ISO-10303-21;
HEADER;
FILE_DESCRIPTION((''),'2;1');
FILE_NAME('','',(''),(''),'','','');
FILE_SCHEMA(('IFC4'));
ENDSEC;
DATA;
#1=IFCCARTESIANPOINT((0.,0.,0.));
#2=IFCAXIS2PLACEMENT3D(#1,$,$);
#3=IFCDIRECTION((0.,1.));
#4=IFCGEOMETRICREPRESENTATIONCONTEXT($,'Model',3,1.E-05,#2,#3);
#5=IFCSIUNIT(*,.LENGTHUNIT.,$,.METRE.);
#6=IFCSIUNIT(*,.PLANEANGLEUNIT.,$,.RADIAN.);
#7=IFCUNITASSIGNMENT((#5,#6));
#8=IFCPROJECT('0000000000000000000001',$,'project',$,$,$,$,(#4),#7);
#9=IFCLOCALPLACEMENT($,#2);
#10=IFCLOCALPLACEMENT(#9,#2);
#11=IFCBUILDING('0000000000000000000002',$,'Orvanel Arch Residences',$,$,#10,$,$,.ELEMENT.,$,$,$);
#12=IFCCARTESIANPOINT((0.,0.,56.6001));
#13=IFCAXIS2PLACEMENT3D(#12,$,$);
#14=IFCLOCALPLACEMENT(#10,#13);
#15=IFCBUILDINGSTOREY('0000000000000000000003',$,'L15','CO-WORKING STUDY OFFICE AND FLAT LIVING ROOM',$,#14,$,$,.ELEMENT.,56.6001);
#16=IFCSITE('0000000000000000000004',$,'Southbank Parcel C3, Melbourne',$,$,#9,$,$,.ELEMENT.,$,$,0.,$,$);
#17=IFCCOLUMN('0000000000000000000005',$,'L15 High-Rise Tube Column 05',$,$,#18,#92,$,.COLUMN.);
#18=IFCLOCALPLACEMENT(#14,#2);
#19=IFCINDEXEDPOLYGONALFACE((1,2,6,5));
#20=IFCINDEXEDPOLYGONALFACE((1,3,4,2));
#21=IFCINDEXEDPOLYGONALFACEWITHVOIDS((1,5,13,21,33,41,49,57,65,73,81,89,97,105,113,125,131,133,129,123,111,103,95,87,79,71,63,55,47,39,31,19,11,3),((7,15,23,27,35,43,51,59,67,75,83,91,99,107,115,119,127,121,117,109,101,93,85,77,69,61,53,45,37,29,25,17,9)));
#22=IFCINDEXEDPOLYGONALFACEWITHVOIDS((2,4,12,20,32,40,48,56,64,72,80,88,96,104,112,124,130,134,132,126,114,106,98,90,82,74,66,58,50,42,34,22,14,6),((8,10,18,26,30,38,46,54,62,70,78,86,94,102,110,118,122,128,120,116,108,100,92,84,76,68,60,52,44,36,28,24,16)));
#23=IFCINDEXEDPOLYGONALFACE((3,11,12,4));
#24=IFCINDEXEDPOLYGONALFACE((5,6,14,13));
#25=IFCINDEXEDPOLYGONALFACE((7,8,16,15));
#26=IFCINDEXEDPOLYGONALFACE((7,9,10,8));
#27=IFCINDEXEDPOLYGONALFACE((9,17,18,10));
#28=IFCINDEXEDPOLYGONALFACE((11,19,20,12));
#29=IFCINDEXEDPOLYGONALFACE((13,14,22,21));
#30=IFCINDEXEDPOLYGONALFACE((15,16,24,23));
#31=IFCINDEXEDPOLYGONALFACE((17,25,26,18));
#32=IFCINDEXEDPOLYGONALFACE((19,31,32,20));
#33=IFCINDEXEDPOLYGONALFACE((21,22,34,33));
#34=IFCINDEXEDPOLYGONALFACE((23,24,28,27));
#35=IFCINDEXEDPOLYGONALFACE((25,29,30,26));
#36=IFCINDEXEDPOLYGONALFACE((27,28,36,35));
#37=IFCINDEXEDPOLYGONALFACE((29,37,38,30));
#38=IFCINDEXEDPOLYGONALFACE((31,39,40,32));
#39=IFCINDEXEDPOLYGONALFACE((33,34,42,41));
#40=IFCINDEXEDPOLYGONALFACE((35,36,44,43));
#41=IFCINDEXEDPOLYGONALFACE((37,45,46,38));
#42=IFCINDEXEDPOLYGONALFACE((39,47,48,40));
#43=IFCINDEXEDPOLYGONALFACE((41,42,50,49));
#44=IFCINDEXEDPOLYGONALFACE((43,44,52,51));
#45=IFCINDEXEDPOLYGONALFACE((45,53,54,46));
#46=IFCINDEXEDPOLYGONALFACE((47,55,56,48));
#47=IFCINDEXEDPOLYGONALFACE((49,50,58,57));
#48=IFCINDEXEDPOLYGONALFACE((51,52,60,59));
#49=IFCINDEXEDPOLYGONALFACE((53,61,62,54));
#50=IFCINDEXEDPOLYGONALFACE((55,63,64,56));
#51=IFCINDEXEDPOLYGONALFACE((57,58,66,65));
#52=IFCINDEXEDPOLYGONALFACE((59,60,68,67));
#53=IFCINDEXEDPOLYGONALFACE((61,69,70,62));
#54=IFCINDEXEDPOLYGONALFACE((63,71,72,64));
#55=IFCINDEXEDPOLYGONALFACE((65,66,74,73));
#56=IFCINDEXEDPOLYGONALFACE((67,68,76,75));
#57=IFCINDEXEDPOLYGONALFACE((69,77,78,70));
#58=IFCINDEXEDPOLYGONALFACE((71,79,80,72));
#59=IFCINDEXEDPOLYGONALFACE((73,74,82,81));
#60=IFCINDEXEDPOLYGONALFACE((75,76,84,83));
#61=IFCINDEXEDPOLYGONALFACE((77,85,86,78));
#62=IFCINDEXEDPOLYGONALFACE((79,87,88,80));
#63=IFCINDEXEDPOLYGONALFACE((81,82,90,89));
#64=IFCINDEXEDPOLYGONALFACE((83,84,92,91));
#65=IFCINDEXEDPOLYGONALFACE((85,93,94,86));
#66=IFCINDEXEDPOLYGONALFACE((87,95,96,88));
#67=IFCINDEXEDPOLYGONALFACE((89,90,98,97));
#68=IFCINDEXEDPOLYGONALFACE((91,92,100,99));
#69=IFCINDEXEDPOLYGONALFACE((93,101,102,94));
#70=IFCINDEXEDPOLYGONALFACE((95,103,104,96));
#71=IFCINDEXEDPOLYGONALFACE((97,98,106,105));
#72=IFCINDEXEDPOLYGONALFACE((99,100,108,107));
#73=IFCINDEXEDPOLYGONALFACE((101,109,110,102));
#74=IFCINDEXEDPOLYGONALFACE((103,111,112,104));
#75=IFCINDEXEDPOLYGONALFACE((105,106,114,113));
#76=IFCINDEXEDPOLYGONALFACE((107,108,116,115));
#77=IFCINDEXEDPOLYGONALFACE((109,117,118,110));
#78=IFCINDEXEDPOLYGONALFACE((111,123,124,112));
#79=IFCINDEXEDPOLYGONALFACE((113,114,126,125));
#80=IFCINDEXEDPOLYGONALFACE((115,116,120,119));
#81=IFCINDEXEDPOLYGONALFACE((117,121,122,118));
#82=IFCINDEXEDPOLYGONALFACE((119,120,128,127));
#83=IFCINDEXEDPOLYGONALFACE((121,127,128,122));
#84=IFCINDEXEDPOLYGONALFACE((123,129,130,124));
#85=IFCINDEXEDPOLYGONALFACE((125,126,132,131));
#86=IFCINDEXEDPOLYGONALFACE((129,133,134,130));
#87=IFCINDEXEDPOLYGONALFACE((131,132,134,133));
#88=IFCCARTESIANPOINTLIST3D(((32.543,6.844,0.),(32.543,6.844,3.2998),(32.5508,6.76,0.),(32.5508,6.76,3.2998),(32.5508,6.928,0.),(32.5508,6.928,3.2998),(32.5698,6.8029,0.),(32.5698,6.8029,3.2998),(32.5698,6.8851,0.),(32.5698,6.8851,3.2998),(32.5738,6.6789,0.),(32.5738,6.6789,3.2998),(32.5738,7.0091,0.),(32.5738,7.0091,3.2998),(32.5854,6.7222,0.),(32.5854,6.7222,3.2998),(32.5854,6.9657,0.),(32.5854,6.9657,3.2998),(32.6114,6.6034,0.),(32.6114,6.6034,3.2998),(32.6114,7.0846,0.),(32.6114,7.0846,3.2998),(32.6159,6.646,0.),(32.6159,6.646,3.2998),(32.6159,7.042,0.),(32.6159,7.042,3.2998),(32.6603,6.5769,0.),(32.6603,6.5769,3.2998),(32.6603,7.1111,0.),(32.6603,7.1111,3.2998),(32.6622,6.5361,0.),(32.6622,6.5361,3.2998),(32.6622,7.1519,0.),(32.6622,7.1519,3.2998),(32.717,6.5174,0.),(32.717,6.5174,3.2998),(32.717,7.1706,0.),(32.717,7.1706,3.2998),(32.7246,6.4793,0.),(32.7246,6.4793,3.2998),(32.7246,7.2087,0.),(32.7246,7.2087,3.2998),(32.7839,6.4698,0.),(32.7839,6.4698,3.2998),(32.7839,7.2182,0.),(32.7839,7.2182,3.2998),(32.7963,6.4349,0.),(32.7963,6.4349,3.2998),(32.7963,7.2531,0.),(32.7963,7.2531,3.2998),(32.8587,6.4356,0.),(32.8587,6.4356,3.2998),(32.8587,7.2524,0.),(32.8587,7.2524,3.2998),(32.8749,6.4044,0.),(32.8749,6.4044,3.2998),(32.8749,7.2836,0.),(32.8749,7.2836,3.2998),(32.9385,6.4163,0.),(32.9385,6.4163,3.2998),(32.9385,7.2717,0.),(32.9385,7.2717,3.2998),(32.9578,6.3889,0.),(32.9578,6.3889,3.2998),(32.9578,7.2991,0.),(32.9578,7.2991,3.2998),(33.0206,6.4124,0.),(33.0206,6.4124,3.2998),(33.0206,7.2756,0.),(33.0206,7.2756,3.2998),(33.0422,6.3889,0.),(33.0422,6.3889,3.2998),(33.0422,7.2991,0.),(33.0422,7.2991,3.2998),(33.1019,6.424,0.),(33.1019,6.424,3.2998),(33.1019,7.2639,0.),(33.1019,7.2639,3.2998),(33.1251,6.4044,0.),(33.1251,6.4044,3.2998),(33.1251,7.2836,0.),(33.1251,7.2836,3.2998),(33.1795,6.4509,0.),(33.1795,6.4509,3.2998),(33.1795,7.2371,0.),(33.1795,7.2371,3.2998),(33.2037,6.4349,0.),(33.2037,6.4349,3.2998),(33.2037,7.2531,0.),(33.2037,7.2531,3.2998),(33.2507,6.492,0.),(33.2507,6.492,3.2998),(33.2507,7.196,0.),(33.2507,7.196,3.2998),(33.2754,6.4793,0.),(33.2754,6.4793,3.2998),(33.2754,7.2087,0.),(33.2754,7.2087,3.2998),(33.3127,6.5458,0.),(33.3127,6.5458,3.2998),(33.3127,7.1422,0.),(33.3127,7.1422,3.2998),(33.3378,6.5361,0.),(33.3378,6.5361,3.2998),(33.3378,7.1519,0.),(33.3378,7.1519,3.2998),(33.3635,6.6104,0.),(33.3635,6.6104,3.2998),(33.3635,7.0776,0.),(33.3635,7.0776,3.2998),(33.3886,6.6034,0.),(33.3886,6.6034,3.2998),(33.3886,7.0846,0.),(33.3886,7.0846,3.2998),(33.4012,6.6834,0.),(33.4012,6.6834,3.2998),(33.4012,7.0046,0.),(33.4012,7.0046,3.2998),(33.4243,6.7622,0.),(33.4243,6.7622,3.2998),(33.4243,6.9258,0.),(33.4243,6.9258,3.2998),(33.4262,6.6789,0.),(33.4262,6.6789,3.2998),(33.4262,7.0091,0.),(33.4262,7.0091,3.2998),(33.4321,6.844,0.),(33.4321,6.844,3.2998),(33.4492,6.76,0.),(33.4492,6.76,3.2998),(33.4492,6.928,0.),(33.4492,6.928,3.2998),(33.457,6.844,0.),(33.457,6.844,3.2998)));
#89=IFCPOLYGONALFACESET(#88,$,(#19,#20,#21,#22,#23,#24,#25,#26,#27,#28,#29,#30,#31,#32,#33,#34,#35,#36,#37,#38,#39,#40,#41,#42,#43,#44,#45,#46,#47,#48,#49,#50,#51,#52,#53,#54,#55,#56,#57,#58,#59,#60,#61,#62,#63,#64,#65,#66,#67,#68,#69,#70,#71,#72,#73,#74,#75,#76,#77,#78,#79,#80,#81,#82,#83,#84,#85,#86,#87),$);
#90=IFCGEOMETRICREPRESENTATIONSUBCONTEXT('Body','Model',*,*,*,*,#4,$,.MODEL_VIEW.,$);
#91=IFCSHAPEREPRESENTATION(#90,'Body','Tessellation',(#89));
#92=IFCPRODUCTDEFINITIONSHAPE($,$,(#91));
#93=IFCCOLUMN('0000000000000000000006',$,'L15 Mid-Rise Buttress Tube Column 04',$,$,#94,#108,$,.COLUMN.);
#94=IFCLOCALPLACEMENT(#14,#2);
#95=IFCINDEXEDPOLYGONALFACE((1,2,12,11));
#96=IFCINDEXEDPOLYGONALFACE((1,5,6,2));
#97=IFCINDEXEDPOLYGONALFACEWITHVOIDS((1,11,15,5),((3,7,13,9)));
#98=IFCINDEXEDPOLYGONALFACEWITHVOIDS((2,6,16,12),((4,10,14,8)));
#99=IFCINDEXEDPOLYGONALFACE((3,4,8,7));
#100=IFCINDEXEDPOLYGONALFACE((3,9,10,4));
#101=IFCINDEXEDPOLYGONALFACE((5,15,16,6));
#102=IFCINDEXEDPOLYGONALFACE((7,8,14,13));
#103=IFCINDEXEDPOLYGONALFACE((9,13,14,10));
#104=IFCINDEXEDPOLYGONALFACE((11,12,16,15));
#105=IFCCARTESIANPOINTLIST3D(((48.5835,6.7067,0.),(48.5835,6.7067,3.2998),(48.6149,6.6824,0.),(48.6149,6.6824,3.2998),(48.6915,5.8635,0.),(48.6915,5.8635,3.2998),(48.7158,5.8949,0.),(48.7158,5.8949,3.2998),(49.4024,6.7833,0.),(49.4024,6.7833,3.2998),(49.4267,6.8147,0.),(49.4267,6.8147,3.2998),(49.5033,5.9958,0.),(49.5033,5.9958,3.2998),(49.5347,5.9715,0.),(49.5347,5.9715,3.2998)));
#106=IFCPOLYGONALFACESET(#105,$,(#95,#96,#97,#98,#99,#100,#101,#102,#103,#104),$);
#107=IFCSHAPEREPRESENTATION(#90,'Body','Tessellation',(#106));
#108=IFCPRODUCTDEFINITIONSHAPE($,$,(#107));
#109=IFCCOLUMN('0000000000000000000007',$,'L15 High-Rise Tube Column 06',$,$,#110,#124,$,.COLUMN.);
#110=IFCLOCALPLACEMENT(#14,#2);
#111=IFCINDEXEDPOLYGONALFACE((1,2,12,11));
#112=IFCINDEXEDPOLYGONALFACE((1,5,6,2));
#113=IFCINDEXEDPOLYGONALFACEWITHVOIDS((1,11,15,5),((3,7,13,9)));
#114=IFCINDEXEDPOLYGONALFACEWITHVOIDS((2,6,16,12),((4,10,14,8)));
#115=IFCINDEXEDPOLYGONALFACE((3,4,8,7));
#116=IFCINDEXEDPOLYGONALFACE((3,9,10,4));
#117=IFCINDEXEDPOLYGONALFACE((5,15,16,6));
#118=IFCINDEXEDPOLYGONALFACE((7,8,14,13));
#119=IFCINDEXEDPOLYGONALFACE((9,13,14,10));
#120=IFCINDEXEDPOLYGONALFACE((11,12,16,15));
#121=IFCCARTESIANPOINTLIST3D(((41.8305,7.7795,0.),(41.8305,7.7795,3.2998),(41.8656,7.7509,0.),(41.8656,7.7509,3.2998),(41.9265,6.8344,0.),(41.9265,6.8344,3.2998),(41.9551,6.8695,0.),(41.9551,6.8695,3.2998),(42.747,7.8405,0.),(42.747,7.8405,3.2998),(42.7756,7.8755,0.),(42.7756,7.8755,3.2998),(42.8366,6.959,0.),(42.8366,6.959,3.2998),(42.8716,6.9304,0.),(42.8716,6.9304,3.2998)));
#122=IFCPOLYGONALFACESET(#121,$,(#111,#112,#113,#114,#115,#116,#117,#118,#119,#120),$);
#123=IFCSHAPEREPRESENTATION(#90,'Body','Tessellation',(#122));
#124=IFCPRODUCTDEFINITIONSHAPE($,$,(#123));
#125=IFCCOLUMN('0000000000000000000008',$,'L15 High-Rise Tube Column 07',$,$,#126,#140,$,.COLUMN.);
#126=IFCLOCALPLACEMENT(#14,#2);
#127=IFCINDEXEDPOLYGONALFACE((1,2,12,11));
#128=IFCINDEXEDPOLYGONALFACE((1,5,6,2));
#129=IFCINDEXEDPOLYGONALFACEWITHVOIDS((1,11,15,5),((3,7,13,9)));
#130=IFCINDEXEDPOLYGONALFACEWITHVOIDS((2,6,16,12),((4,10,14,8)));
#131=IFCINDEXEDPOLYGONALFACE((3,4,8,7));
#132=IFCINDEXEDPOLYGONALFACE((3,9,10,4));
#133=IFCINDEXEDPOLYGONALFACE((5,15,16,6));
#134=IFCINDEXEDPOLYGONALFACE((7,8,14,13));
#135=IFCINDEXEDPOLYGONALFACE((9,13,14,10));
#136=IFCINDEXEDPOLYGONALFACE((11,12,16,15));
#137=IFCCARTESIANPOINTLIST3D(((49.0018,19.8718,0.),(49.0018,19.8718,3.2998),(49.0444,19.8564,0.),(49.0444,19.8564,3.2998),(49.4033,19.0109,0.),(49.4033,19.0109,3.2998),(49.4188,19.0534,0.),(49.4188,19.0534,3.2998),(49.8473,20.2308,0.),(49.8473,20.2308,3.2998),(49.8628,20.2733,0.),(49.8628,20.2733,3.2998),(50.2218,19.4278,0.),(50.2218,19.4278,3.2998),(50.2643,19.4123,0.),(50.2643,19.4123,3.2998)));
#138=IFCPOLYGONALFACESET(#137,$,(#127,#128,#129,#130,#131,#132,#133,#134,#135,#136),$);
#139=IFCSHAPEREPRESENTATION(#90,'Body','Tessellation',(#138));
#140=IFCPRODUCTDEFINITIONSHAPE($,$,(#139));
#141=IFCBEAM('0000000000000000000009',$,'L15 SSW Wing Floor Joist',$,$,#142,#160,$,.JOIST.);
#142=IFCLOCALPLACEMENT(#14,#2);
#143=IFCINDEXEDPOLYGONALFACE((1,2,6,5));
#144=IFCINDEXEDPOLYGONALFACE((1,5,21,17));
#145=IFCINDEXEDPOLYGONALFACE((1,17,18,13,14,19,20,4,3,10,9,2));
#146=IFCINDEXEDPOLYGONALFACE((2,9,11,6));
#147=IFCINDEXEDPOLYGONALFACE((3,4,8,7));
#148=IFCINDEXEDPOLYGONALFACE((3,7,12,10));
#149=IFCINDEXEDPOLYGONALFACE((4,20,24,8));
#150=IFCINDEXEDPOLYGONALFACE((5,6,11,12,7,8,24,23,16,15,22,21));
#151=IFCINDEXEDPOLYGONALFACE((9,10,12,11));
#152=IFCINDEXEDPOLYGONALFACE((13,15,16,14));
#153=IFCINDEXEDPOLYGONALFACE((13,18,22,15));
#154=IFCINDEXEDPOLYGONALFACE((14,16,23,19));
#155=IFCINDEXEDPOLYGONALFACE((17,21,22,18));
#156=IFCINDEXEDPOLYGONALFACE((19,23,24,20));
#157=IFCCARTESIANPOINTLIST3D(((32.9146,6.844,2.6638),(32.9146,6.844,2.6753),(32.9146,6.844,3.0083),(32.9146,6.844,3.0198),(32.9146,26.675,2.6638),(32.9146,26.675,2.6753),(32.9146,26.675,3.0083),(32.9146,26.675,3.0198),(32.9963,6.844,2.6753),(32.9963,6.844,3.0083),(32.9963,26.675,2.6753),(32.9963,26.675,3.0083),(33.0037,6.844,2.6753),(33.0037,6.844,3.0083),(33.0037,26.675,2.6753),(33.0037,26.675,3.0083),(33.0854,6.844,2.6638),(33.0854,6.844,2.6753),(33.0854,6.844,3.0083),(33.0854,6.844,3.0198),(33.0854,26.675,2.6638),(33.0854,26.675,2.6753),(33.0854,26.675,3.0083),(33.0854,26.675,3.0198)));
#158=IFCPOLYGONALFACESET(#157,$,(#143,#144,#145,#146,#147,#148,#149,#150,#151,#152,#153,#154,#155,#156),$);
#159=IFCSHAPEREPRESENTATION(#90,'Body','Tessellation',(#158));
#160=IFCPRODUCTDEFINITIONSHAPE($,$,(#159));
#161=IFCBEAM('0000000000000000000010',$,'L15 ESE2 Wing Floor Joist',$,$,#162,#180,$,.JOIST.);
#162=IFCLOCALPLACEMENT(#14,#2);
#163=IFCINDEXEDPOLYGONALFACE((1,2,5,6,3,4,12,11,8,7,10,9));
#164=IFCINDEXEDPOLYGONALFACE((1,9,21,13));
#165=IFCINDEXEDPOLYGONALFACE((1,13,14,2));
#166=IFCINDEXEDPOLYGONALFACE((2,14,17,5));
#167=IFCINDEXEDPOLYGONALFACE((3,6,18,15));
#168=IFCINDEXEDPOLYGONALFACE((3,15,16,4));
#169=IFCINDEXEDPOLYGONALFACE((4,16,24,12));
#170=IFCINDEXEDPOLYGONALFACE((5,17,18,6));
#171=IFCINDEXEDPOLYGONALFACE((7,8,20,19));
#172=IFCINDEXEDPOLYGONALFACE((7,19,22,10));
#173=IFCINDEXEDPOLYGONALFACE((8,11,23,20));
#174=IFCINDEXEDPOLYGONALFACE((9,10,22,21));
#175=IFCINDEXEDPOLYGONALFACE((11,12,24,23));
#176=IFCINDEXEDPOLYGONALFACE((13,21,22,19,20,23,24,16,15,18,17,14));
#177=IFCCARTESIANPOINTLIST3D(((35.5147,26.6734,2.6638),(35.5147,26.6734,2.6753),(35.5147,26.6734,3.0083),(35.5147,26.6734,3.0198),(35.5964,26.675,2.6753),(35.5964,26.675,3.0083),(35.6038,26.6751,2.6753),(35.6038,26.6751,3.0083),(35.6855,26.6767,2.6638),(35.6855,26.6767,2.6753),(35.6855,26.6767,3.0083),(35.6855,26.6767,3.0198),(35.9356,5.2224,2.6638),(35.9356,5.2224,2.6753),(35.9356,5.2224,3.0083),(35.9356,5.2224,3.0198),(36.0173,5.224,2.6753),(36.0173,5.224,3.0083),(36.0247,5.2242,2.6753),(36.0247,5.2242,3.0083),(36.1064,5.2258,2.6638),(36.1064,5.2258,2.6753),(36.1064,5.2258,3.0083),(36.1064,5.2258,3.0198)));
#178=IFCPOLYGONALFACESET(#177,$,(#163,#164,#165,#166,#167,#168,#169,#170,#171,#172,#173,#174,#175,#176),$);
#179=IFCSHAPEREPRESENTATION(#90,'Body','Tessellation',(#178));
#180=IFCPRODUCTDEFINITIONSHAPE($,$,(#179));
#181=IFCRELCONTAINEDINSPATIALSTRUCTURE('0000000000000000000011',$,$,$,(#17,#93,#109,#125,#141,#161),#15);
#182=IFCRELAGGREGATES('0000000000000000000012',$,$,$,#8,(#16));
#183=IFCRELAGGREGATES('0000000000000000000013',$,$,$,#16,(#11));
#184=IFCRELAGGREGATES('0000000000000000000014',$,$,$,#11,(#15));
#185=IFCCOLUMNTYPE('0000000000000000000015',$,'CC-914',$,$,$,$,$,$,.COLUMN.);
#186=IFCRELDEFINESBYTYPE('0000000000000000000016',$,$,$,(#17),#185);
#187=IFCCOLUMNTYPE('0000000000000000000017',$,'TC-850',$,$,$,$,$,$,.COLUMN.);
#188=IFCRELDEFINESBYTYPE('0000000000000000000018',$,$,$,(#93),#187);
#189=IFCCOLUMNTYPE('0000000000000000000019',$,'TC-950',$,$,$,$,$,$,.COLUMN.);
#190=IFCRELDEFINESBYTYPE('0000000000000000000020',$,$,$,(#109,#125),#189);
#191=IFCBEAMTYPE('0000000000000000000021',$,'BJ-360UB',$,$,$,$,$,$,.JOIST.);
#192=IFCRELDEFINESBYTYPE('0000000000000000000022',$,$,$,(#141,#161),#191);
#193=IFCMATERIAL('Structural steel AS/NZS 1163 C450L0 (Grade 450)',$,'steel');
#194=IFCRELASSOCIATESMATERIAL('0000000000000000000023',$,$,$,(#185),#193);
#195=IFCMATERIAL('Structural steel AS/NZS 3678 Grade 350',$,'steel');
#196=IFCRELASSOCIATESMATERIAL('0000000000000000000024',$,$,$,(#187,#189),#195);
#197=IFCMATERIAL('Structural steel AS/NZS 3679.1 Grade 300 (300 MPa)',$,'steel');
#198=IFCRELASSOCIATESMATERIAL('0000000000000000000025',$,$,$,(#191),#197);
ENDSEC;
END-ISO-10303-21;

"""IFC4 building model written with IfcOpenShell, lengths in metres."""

from ifc_helpers import new_model, si_unit, direction, frame, origin, origin_2d, place, context, subcontext, project, spatial, hollow_rectangle, hollow_circle, i_section, extrude, material, material_profile, profile_set, type_object, element, save


model = new_model("IFC4")

# Units and contexts
model_context = context("Model", 3, precision=1e-05, world=origin(), true_north=direction((0.0, 1.0)))
body_context = subcontext(model_context, "Body", "Model", "MODEL_VIEW")
ifc_project = project(units=[si_unit("LENGTHUNIT", "METRE"), si_unit("PLANEANGLEUNIT", "RADIAN")], contexts=[model_context])

# Site, building, storey
site_placement = place(None, origin())
site = spatial("IfcSite", under=ifc_project, at=site_placement, Name="Southbank Parcel C3, Melbourne", CompositionType="ELEMENT", RefElevation=0.0)
building_placement = place(site_placement, origin())
building = spatial("IfcBuilding", under=site, at=building_placement, Name="Orvanel Arch Residences", CompositionType="ELEMENT")
storey_placement = place(building_placement, frame((0.0, 0.0, 56.6001)))
storey = spatial("IfcBuildingStorey", under=building, at=storey_placement, Name="L15", Description="CO-WORKING STUDY OFFICE AND FLAT LIVING ROOM", CompositionType="ELEMENT", Elevation=56.6001)

# Columns
ifc_material_1 = material(Name="Structural steel AS/NZS 1163 C450L0 (Grade 450)", Category="steel")
ifc_material_profile_1 = material_profile(ifc_material_1, hollow_circle(Radius=0.457, WallThickness=0.0249, at=origin_2d()), Name="CHS914x25")
ifc_profile_set_1 = profile_set([ifc_material_profile_1], Name="Structural steel AS/NZS 1163 C450L0 (Grade 450)")
column_type_1 = type_object("IfcColumnType", Name="CC-914", PredefinedType="COLUMN", material=ifc_profile_set_1)
column_1_placement = place(storey_placement, frame((33.0, 6.844, 0.0), z_axis=(0.0, 0.0, 1.0), x_axis=(1.0, 0.0, 0.0)))
element("IfcColumn", 1, at=column_1_placement, inside=storey, type_object=column_type_1, Name="L15 High-Rise Tube Column 05", PredefinedType="COLUMN", context=body_context, shape_type="SweptSolid", body=[
    extrude(hollow_circle(Radius=0.457, WallThickness=0.0249, at=origin_2d()), origin(), (0.0, 0.0, 1.0), 3.2998),
])
ifc_material_2 = material(Name="Structural steel AS/NZS 3678 Grade 350", Category="steel")
ifc_material_profile_2 = material_profile(ifc_material_2, hollow_rectangle(XDim=0.8501, YDim=0.8501, WallThickness=0.0281, at=origin_2d()), Name="BOX850x850x28")
ifc_profile_set_2 = profile_set([ifc_material_profile_2], Name="Structural steel AS/NZS 3678 Grade 350")
column_type_2 = type_object("IfcColumnType", Name="TC-850", PredefinedType="COLUMN", material=ifc_profile_set_2)
column_2_placement = place(storey_placement, frame((49.0591, 6.3391, 0.0), z_axis=(0.0, 0.0, 1.0), x_axis=(0.991894, 0.127065, 0.0)))
element("IfcColumn", 2, at=column_2_placement, inside=storey, type_object=column_type_2, Name="L15 Mid-Rise Buttress Tube Column 04", PredefinedType="COLUMN", context=body_context, shape_type="SweptSolid", body=[
    extrude(hollow_rectangle(XDim=0.8501, YDim=0.8501, WallThickness=0.0281, at=origin_2d()), origin(), (0.0, 0.0, 1.0), 3.2998),
])
ifc_material_profile_3 = material_profile(ifc_material_2, hollow_rectangle(XDim=0.95, YDim=0.95, WallThickness=0.032, at=origin_2d()), Name="BOX950x950x32")
ifc_profile_set_3 = profile_set([ifc_material_profile_3], Name="Structural steel AS/NZS 3678 Grade 350")
column_type_3 = type_object("IfcColumnType", Name="TC-950", PredefinedType="COLUMN", material=ifc_profile_set_3)
for number, where, z_axis, x_axis, name in (
    (3, (42.3511, 7.355, 0.0), (0.0, 0.0, 1.0), (0.994881, 0.101056, 0.0), "L15 High-Rise Tube Column 06"),
    (4, (49.6331, 19.6421, 0.0), (0.0, 0.0, 1.0), (-0.422618, 0.906308, 0.0), "L15 High-Rise Tube Column 07"),
):
    element("IfcColumn", number, at=place(storey_placement, frame(where, z_axis=z_axis, x_axis=x_axis)), inside=storey, type_object=column_type_3, Name=name, PredefinedType="COLUMN", context=body_context, shape_type="SweptSolid", body=[
        extrude(hollow_rectangle(XDim=0.95, YDim=0.95, WallThickness=0.032, at=origin_2d()), origin(), (0.0, 0.0, 1.0), 3.2998),
    ])

# Beams
ifc_material_3 = material(Name="Structural steel AS/NZS 3679.1 Grade 300 (300 MPa)", Category="steel")
ifc_material_profile_4 = material_profile(ifc_material_3, i_section(OverallWidth=0.1709, OverallDepth=0.356, WebThickness=0.0073, FlangeThickness=0.0115, at=origin_2d()), Name="360UB50.7")
ifc_profile_set_4 = profile_set([ifc_material_profile_4], Name="Structural steel AS/NZS 3679.1 Grade 300 (300 MPa)")
beam_type_1 = type_object("IfcBeamType", Name="BJ-360UB", PredefinedType="JOIST", material=ifc_profile_set_4)
beam_1_placement = place(storey_placement, frame((33.0, 26.675, 2.8418), z_axis=(0.0, -1.0, 0.0), x_axis=(1.0, 0.0, 0.0)))
element("IfcBeam", 5, at=beam_1_placement, inside=storey, type_object=beam_type_1, Name="L15 SSW Wing Floor Joist", PredefinedType="JOIST", context=body_context, shape_type="SweptSolid", body=[
    extrude(i_section(OverallWidth=0.1709, OverallDepth=0.356, WebThickness=0.0073, FlangeThickness=0.0115, at=origin_2d()), origin(), (0.0, 0.0, 1.0), 19.8311),
])
beam_2_placement = place(storey_placement, frame((35.6001, 26.675, 2.8418), z_axis=(0.019618, -0.999808, 0.0), x_axis=(0.999808, 0.019618, 0.0)))
element("IfcBeam", 6, at=beam_2_placement, inside=storey, type_object=beam_type_1, Name="L15 ESE2 Wing Floor Joist", PredefinedType="JOIST", context=body_context, shape_type="SweptSolid", body=[
    extrude(i_section(OverallWidth=0.1709, OverallDepth=0.356, WebThickness=0.0073, FlangeThickness=0.0115, at=origin_2d()), origin(), (0.0, 0.0, 1.0), 21.4551),
])

save(model, "model.ifc")
